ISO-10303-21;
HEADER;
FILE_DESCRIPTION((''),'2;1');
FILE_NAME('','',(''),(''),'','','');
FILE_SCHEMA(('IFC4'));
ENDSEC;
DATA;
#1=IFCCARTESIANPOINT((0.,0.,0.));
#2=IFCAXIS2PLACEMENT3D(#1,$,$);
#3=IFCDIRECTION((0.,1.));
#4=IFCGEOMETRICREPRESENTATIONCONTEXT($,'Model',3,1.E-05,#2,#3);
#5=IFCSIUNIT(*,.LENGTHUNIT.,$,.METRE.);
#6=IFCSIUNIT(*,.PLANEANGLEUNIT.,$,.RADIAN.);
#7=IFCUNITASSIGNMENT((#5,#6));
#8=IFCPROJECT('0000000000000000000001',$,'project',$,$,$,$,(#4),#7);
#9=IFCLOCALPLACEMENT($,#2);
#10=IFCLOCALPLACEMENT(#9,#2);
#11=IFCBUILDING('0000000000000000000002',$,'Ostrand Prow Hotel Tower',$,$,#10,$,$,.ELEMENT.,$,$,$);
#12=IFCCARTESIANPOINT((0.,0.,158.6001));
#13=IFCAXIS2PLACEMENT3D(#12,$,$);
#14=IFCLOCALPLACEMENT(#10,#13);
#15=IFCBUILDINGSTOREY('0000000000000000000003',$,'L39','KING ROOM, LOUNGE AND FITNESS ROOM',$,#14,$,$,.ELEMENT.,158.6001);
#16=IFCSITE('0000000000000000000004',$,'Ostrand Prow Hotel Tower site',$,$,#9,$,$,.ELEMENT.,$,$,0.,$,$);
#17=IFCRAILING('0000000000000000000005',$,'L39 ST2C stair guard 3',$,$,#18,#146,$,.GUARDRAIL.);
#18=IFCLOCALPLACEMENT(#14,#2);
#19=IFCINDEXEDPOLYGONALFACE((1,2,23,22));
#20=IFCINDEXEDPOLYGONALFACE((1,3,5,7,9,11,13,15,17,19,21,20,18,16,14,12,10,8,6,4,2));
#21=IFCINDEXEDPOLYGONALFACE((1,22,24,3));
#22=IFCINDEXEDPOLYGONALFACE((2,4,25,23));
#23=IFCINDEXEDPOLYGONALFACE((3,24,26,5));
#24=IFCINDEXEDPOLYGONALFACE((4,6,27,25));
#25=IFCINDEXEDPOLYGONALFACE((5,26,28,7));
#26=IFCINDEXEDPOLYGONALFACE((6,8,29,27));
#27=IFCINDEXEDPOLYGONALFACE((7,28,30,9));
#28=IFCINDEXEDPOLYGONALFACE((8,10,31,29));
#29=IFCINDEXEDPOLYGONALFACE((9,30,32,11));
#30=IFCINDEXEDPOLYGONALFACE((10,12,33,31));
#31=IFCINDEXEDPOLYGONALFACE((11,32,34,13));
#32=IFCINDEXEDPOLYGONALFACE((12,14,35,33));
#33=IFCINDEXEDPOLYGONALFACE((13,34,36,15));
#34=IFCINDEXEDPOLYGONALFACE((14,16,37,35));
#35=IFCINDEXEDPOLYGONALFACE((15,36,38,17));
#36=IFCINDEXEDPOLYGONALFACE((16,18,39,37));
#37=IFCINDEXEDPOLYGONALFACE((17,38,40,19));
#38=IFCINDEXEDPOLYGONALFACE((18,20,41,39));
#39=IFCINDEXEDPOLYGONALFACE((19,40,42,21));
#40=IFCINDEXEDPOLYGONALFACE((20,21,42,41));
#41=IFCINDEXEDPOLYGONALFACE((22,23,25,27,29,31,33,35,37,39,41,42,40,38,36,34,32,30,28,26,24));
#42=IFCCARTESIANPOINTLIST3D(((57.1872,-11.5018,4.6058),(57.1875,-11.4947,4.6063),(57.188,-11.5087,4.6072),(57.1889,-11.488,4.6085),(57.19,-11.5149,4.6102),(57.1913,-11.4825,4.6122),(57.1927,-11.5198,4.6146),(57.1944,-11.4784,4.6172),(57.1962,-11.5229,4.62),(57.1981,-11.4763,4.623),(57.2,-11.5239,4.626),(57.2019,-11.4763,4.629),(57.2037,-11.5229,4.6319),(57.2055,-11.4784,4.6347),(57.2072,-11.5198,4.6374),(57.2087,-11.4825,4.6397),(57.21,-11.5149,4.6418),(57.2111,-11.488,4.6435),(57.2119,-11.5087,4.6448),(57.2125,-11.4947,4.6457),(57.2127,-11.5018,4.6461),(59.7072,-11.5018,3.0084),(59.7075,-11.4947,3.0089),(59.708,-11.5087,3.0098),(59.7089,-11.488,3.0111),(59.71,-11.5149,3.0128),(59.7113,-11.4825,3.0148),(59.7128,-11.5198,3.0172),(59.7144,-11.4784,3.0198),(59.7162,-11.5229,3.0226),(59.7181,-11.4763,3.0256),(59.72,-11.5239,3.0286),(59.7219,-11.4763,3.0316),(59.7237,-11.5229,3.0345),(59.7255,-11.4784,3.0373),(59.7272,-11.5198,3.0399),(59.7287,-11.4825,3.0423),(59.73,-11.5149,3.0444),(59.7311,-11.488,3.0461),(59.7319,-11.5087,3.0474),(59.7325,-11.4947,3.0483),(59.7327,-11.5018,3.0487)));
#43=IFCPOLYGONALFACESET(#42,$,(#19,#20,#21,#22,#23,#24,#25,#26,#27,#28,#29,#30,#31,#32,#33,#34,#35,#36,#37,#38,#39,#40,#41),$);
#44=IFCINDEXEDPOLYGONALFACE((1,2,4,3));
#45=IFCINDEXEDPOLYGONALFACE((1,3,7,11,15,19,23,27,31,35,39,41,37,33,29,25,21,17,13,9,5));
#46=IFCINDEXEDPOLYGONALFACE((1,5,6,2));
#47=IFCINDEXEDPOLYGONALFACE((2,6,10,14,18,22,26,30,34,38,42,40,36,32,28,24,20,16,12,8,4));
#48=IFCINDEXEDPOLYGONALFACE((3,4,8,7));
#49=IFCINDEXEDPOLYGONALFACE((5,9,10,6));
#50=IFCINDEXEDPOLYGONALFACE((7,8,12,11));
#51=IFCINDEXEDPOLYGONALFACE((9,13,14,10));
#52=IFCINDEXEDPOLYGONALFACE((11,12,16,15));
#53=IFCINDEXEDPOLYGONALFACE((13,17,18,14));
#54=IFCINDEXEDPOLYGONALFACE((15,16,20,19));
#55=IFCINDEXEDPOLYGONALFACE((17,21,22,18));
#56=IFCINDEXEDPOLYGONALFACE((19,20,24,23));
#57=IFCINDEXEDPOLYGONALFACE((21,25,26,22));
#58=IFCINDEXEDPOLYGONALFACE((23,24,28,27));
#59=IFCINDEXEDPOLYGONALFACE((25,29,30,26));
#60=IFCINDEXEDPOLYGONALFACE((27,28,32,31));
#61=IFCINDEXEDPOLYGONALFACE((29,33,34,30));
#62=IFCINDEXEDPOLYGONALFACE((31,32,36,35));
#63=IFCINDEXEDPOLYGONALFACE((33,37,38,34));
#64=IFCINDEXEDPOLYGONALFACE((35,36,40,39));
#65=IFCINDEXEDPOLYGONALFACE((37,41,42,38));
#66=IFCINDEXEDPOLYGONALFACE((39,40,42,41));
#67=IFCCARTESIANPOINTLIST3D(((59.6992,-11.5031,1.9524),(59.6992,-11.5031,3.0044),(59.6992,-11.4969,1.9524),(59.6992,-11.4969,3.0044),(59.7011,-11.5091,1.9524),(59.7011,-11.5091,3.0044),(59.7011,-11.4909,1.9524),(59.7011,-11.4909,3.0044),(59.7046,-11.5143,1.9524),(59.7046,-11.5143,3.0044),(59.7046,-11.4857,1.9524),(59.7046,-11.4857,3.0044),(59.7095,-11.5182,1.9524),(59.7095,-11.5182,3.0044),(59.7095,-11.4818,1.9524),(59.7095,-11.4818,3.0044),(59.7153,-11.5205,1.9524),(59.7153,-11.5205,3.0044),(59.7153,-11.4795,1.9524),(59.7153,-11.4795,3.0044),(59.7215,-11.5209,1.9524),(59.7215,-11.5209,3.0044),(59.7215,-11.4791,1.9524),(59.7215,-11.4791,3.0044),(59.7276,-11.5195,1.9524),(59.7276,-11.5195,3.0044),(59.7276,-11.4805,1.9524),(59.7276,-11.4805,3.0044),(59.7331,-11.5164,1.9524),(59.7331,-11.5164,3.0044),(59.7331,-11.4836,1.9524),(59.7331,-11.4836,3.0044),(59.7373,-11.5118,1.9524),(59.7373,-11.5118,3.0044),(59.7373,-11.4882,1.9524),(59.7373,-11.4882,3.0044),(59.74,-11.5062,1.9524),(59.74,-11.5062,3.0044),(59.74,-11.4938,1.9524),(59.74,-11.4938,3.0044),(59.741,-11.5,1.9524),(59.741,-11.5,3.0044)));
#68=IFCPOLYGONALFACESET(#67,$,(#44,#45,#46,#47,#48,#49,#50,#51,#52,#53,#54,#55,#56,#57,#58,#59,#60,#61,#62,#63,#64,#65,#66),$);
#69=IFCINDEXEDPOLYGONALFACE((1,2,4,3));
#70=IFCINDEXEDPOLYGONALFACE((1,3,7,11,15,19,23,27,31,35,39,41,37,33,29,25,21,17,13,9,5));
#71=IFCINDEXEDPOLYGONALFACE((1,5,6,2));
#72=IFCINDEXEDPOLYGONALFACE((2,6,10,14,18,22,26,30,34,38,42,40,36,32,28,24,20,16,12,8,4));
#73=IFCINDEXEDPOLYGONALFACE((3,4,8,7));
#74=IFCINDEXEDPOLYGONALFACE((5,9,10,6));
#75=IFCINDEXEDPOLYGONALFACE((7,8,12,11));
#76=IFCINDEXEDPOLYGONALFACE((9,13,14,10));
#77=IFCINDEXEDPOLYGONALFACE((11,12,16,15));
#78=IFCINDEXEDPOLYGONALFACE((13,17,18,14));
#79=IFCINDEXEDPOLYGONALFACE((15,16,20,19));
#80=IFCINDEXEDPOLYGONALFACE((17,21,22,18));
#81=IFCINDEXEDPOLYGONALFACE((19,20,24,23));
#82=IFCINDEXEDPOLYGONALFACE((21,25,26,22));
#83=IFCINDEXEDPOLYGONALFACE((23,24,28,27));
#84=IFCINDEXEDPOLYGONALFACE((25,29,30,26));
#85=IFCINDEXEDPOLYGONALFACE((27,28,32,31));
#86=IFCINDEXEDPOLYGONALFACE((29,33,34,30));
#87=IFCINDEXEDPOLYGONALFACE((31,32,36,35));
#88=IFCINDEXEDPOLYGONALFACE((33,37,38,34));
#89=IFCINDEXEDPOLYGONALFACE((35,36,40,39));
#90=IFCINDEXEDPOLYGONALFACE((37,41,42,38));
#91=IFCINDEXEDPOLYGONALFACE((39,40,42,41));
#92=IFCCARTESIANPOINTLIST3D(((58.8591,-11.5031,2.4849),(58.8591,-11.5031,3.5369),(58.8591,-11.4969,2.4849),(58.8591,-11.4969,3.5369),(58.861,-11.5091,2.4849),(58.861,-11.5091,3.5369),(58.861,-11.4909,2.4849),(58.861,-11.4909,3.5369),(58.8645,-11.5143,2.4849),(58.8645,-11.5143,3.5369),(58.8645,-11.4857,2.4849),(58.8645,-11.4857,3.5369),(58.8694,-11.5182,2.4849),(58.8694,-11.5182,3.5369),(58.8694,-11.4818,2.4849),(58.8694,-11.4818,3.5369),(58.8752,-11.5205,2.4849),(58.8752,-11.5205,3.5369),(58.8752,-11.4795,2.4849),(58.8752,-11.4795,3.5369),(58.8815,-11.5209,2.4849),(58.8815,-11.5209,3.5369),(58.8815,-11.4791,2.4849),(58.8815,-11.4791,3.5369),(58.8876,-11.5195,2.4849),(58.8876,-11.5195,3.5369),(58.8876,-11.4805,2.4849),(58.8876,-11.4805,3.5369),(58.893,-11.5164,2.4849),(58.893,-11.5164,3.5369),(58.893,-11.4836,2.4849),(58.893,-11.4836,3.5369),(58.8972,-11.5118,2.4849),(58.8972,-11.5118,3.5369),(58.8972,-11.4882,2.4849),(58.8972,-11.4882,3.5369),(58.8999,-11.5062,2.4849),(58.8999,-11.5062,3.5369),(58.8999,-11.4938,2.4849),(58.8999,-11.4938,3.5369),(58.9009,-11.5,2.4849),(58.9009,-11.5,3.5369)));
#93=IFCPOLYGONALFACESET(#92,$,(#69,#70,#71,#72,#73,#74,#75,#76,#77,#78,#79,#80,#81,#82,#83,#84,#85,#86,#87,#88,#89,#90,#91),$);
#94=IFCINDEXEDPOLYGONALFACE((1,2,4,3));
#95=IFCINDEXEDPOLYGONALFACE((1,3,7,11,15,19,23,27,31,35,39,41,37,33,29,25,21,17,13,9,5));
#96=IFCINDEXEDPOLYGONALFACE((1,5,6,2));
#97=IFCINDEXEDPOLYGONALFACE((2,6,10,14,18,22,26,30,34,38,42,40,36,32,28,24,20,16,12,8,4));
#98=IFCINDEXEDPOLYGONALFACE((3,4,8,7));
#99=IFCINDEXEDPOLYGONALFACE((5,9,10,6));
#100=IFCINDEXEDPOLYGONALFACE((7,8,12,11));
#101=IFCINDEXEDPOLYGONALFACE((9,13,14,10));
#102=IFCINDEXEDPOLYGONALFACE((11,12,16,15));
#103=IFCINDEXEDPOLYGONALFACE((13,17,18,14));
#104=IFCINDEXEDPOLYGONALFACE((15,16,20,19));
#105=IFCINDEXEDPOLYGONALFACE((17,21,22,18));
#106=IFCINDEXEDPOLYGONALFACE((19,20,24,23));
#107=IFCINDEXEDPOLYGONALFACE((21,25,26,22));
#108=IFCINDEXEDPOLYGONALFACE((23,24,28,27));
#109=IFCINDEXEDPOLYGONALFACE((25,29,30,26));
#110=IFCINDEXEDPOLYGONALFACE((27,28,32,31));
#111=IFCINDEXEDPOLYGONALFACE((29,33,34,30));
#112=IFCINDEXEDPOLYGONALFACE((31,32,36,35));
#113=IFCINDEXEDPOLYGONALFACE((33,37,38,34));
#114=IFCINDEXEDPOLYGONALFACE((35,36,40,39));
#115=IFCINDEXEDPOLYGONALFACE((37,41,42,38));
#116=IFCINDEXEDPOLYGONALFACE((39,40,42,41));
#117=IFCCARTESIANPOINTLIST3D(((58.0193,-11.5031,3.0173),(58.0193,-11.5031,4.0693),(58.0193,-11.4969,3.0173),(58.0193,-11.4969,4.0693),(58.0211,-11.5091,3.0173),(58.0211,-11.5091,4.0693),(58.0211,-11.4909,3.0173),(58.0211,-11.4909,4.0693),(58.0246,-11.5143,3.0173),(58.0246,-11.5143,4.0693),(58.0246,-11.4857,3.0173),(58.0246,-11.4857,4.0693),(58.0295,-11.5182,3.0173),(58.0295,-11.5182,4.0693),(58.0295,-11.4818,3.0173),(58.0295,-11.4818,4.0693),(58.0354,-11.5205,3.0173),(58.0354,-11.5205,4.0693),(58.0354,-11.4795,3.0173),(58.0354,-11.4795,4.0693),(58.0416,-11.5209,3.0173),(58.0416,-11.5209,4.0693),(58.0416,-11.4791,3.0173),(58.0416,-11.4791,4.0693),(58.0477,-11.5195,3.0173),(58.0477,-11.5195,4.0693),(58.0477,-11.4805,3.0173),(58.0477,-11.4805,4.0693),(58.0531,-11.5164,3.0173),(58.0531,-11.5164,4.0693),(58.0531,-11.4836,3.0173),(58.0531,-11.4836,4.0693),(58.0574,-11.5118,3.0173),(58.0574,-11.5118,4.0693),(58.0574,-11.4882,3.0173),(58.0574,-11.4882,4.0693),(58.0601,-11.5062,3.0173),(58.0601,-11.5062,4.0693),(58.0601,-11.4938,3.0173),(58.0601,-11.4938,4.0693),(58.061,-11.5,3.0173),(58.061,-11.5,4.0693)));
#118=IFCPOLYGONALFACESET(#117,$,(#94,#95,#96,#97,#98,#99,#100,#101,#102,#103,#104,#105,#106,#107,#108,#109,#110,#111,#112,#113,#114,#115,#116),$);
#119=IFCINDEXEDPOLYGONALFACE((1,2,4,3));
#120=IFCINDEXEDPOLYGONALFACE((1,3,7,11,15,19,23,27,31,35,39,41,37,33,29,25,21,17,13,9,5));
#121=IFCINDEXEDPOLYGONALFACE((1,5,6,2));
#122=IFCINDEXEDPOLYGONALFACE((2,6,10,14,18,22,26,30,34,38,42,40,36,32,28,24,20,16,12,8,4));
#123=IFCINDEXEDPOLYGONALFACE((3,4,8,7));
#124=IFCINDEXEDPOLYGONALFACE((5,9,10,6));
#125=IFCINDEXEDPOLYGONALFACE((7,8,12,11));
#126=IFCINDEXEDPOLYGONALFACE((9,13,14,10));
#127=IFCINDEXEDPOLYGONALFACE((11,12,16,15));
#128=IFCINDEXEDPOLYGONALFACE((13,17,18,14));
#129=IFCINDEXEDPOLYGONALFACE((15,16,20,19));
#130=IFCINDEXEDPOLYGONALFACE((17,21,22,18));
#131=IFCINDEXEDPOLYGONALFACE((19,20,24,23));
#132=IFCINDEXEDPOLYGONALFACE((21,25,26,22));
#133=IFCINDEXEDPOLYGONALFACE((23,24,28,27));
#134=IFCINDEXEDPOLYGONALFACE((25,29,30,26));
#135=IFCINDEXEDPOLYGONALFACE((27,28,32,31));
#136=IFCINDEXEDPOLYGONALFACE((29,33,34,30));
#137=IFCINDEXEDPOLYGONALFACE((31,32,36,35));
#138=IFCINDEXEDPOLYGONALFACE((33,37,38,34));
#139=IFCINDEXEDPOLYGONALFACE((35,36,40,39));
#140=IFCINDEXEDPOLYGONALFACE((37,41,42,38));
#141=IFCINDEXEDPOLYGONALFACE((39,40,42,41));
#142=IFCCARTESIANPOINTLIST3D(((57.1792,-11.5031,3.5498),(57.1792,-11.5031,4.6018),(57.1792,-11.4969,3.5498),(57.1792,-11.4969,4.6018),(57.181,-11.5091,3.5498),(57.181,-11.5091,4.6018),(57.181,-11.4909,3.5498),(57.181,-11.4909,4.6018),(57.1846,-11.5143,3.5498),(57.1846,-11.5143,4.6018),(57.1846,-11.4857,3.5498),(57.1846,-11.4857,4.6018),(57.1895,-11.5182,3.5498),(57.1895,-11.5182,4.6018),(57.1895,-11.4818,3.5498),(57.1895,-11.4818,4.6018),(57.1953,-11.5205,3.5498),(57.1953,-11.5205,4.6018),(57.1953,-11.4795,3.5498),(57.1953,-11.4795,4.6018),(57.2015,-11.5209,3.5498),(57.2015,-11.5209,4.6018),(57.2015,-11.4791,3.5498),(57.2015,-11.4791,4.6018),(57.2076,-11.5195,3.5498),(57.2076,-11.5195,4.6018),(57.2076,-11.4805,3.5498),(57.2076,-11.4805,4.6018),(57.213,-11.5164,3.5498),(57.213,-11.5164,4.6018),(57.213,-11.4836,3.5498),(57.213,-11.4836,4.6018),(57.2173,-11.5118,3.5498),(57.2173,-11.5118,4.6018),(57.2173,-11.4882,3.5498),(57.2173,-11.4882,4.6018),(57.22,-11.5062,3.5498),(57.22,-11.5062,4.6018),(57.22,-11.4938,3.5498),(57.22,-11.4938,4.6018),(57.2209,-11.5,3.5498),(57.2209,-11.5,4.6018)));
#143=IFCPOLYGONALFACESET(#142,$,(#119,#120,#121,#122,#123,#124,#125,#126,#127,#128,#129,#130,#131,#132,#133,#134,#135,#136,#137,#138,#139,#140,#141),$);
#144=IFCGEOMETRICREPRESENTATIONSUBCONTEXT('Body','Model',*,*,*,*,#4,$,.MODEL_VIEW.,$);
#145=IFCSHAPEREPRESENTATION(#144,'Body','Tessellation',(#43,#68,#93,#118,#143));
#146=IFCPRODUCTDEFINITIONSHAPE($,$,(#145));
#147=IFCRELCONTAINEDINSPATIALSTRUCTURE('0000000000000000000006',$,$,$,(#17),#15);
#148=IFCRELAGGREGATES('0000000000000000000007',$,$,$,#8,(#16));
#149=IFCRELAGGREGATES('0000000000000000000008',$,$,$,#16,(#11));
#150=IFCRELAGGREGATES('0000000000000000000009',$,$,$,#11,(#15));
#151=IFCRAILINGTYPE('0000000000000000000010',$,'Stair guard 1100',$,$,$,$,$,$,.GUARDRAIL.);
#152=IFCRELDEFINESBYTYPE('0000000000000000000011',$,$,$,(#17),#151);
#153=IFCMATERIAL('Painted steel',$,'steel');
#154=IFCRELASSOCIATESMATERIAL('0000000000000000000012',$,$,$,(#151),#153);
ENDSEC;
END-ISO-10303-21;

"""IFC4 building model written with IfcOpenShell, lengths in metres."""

from ifc_helpers import new_model, si_unit, direction, frame, origin, origin_2d, place, context, subcontext, project, spatial, circle, extrude, material, type_object, element, save


model = new_model("IFC4")

# Units and contexts
model_context = context("Model", 3, precision=1e-05, world=origin(), true_north=direction((0.0, 1.0)))
body_context = subcontext(model_context, "Body", "Model", "MODEL_VIEW")
ifc_project = project(units=[si_unit("LENGTHUNIT", "METRE"), si_unit("PLANEANGLEUNIT", "RADIAN")], contexts=[model_context])

# Site, building, storey
site_placement = place(None, origin())
site = spatial("IfcSite", under=ifc_project, at=site_placement, Name="Ostrand Prow Hotel Tower site", CompositionType="ELEMENT", RefElevation=0.0)
building_placement = place(site_placement, origin())
building = spatial("IfcBuilding", under=site, at=building_placement, Name="Ostrand Prow Hotel Tower", CompositionType="ELEMENT")
storey_placement = place(building_placement, frame((0.0, 0.0, 158.6001)))
storey = spatial("IfcBuildingStorey", under=building, at=storey_placement, Name="L39", Description="KING ROOM, LOUNGE AND FITNESS ROOM", CompositionType="ELEMENT", Elevation=158.6001)

# Railing
ifc_material_1 = material(Name="Painted steel", Category="steel")
railing_type_1 = type_object("IfcRailingType", Name="Stair guard 1100", PredefinedType="GUARDRAIL", material=ifc_material_1)
railing_1_placement = place(storey_placement, frame((59.72, -11.5, 1.9524)))
element("IfcRailing", 1, at=railing_1_placement, inside=storey, type_object=railing_type_1, Name="L39 ST2C stair guard 3", PredefinedType="GUARDRAIL", context=body_context, shape_type="SweptSolid", body=[
    extrude(circle(Radius=0.0239, at=origin_2d()), frame((0.0, 0.0, 1.0762), z_axis=(-0.844607, 0.0, 0.535387), x_axis=(0.0, -1.0, 0.0)), (0.0, 0.0, 1.0), 2.9836),
    extrude(circle(Radius=0.021, at=origin_2d()), origin(), (0.0, 0.0, 1.0), 1.052),
    extrude(circle(Radius=0.021, at=origin_2d()), frame((-0.8401, 0.0, 0.5325)), (0.0, 0.0, 1.0), 1.052),
    extrude(circle(Radius=0.021, at=origin_2d()), frame((-1.6799, 0.0, 1.0649)), (0.0, 0.0, 1.0), 1.052),
    extrude(circle(Radius=0.021, at=origin_2d()), frame((-2.52, 0.0, 1.5974)), (0.0, 0.0, 1.0), 1.052),
])

save(model, "model.ifc")
